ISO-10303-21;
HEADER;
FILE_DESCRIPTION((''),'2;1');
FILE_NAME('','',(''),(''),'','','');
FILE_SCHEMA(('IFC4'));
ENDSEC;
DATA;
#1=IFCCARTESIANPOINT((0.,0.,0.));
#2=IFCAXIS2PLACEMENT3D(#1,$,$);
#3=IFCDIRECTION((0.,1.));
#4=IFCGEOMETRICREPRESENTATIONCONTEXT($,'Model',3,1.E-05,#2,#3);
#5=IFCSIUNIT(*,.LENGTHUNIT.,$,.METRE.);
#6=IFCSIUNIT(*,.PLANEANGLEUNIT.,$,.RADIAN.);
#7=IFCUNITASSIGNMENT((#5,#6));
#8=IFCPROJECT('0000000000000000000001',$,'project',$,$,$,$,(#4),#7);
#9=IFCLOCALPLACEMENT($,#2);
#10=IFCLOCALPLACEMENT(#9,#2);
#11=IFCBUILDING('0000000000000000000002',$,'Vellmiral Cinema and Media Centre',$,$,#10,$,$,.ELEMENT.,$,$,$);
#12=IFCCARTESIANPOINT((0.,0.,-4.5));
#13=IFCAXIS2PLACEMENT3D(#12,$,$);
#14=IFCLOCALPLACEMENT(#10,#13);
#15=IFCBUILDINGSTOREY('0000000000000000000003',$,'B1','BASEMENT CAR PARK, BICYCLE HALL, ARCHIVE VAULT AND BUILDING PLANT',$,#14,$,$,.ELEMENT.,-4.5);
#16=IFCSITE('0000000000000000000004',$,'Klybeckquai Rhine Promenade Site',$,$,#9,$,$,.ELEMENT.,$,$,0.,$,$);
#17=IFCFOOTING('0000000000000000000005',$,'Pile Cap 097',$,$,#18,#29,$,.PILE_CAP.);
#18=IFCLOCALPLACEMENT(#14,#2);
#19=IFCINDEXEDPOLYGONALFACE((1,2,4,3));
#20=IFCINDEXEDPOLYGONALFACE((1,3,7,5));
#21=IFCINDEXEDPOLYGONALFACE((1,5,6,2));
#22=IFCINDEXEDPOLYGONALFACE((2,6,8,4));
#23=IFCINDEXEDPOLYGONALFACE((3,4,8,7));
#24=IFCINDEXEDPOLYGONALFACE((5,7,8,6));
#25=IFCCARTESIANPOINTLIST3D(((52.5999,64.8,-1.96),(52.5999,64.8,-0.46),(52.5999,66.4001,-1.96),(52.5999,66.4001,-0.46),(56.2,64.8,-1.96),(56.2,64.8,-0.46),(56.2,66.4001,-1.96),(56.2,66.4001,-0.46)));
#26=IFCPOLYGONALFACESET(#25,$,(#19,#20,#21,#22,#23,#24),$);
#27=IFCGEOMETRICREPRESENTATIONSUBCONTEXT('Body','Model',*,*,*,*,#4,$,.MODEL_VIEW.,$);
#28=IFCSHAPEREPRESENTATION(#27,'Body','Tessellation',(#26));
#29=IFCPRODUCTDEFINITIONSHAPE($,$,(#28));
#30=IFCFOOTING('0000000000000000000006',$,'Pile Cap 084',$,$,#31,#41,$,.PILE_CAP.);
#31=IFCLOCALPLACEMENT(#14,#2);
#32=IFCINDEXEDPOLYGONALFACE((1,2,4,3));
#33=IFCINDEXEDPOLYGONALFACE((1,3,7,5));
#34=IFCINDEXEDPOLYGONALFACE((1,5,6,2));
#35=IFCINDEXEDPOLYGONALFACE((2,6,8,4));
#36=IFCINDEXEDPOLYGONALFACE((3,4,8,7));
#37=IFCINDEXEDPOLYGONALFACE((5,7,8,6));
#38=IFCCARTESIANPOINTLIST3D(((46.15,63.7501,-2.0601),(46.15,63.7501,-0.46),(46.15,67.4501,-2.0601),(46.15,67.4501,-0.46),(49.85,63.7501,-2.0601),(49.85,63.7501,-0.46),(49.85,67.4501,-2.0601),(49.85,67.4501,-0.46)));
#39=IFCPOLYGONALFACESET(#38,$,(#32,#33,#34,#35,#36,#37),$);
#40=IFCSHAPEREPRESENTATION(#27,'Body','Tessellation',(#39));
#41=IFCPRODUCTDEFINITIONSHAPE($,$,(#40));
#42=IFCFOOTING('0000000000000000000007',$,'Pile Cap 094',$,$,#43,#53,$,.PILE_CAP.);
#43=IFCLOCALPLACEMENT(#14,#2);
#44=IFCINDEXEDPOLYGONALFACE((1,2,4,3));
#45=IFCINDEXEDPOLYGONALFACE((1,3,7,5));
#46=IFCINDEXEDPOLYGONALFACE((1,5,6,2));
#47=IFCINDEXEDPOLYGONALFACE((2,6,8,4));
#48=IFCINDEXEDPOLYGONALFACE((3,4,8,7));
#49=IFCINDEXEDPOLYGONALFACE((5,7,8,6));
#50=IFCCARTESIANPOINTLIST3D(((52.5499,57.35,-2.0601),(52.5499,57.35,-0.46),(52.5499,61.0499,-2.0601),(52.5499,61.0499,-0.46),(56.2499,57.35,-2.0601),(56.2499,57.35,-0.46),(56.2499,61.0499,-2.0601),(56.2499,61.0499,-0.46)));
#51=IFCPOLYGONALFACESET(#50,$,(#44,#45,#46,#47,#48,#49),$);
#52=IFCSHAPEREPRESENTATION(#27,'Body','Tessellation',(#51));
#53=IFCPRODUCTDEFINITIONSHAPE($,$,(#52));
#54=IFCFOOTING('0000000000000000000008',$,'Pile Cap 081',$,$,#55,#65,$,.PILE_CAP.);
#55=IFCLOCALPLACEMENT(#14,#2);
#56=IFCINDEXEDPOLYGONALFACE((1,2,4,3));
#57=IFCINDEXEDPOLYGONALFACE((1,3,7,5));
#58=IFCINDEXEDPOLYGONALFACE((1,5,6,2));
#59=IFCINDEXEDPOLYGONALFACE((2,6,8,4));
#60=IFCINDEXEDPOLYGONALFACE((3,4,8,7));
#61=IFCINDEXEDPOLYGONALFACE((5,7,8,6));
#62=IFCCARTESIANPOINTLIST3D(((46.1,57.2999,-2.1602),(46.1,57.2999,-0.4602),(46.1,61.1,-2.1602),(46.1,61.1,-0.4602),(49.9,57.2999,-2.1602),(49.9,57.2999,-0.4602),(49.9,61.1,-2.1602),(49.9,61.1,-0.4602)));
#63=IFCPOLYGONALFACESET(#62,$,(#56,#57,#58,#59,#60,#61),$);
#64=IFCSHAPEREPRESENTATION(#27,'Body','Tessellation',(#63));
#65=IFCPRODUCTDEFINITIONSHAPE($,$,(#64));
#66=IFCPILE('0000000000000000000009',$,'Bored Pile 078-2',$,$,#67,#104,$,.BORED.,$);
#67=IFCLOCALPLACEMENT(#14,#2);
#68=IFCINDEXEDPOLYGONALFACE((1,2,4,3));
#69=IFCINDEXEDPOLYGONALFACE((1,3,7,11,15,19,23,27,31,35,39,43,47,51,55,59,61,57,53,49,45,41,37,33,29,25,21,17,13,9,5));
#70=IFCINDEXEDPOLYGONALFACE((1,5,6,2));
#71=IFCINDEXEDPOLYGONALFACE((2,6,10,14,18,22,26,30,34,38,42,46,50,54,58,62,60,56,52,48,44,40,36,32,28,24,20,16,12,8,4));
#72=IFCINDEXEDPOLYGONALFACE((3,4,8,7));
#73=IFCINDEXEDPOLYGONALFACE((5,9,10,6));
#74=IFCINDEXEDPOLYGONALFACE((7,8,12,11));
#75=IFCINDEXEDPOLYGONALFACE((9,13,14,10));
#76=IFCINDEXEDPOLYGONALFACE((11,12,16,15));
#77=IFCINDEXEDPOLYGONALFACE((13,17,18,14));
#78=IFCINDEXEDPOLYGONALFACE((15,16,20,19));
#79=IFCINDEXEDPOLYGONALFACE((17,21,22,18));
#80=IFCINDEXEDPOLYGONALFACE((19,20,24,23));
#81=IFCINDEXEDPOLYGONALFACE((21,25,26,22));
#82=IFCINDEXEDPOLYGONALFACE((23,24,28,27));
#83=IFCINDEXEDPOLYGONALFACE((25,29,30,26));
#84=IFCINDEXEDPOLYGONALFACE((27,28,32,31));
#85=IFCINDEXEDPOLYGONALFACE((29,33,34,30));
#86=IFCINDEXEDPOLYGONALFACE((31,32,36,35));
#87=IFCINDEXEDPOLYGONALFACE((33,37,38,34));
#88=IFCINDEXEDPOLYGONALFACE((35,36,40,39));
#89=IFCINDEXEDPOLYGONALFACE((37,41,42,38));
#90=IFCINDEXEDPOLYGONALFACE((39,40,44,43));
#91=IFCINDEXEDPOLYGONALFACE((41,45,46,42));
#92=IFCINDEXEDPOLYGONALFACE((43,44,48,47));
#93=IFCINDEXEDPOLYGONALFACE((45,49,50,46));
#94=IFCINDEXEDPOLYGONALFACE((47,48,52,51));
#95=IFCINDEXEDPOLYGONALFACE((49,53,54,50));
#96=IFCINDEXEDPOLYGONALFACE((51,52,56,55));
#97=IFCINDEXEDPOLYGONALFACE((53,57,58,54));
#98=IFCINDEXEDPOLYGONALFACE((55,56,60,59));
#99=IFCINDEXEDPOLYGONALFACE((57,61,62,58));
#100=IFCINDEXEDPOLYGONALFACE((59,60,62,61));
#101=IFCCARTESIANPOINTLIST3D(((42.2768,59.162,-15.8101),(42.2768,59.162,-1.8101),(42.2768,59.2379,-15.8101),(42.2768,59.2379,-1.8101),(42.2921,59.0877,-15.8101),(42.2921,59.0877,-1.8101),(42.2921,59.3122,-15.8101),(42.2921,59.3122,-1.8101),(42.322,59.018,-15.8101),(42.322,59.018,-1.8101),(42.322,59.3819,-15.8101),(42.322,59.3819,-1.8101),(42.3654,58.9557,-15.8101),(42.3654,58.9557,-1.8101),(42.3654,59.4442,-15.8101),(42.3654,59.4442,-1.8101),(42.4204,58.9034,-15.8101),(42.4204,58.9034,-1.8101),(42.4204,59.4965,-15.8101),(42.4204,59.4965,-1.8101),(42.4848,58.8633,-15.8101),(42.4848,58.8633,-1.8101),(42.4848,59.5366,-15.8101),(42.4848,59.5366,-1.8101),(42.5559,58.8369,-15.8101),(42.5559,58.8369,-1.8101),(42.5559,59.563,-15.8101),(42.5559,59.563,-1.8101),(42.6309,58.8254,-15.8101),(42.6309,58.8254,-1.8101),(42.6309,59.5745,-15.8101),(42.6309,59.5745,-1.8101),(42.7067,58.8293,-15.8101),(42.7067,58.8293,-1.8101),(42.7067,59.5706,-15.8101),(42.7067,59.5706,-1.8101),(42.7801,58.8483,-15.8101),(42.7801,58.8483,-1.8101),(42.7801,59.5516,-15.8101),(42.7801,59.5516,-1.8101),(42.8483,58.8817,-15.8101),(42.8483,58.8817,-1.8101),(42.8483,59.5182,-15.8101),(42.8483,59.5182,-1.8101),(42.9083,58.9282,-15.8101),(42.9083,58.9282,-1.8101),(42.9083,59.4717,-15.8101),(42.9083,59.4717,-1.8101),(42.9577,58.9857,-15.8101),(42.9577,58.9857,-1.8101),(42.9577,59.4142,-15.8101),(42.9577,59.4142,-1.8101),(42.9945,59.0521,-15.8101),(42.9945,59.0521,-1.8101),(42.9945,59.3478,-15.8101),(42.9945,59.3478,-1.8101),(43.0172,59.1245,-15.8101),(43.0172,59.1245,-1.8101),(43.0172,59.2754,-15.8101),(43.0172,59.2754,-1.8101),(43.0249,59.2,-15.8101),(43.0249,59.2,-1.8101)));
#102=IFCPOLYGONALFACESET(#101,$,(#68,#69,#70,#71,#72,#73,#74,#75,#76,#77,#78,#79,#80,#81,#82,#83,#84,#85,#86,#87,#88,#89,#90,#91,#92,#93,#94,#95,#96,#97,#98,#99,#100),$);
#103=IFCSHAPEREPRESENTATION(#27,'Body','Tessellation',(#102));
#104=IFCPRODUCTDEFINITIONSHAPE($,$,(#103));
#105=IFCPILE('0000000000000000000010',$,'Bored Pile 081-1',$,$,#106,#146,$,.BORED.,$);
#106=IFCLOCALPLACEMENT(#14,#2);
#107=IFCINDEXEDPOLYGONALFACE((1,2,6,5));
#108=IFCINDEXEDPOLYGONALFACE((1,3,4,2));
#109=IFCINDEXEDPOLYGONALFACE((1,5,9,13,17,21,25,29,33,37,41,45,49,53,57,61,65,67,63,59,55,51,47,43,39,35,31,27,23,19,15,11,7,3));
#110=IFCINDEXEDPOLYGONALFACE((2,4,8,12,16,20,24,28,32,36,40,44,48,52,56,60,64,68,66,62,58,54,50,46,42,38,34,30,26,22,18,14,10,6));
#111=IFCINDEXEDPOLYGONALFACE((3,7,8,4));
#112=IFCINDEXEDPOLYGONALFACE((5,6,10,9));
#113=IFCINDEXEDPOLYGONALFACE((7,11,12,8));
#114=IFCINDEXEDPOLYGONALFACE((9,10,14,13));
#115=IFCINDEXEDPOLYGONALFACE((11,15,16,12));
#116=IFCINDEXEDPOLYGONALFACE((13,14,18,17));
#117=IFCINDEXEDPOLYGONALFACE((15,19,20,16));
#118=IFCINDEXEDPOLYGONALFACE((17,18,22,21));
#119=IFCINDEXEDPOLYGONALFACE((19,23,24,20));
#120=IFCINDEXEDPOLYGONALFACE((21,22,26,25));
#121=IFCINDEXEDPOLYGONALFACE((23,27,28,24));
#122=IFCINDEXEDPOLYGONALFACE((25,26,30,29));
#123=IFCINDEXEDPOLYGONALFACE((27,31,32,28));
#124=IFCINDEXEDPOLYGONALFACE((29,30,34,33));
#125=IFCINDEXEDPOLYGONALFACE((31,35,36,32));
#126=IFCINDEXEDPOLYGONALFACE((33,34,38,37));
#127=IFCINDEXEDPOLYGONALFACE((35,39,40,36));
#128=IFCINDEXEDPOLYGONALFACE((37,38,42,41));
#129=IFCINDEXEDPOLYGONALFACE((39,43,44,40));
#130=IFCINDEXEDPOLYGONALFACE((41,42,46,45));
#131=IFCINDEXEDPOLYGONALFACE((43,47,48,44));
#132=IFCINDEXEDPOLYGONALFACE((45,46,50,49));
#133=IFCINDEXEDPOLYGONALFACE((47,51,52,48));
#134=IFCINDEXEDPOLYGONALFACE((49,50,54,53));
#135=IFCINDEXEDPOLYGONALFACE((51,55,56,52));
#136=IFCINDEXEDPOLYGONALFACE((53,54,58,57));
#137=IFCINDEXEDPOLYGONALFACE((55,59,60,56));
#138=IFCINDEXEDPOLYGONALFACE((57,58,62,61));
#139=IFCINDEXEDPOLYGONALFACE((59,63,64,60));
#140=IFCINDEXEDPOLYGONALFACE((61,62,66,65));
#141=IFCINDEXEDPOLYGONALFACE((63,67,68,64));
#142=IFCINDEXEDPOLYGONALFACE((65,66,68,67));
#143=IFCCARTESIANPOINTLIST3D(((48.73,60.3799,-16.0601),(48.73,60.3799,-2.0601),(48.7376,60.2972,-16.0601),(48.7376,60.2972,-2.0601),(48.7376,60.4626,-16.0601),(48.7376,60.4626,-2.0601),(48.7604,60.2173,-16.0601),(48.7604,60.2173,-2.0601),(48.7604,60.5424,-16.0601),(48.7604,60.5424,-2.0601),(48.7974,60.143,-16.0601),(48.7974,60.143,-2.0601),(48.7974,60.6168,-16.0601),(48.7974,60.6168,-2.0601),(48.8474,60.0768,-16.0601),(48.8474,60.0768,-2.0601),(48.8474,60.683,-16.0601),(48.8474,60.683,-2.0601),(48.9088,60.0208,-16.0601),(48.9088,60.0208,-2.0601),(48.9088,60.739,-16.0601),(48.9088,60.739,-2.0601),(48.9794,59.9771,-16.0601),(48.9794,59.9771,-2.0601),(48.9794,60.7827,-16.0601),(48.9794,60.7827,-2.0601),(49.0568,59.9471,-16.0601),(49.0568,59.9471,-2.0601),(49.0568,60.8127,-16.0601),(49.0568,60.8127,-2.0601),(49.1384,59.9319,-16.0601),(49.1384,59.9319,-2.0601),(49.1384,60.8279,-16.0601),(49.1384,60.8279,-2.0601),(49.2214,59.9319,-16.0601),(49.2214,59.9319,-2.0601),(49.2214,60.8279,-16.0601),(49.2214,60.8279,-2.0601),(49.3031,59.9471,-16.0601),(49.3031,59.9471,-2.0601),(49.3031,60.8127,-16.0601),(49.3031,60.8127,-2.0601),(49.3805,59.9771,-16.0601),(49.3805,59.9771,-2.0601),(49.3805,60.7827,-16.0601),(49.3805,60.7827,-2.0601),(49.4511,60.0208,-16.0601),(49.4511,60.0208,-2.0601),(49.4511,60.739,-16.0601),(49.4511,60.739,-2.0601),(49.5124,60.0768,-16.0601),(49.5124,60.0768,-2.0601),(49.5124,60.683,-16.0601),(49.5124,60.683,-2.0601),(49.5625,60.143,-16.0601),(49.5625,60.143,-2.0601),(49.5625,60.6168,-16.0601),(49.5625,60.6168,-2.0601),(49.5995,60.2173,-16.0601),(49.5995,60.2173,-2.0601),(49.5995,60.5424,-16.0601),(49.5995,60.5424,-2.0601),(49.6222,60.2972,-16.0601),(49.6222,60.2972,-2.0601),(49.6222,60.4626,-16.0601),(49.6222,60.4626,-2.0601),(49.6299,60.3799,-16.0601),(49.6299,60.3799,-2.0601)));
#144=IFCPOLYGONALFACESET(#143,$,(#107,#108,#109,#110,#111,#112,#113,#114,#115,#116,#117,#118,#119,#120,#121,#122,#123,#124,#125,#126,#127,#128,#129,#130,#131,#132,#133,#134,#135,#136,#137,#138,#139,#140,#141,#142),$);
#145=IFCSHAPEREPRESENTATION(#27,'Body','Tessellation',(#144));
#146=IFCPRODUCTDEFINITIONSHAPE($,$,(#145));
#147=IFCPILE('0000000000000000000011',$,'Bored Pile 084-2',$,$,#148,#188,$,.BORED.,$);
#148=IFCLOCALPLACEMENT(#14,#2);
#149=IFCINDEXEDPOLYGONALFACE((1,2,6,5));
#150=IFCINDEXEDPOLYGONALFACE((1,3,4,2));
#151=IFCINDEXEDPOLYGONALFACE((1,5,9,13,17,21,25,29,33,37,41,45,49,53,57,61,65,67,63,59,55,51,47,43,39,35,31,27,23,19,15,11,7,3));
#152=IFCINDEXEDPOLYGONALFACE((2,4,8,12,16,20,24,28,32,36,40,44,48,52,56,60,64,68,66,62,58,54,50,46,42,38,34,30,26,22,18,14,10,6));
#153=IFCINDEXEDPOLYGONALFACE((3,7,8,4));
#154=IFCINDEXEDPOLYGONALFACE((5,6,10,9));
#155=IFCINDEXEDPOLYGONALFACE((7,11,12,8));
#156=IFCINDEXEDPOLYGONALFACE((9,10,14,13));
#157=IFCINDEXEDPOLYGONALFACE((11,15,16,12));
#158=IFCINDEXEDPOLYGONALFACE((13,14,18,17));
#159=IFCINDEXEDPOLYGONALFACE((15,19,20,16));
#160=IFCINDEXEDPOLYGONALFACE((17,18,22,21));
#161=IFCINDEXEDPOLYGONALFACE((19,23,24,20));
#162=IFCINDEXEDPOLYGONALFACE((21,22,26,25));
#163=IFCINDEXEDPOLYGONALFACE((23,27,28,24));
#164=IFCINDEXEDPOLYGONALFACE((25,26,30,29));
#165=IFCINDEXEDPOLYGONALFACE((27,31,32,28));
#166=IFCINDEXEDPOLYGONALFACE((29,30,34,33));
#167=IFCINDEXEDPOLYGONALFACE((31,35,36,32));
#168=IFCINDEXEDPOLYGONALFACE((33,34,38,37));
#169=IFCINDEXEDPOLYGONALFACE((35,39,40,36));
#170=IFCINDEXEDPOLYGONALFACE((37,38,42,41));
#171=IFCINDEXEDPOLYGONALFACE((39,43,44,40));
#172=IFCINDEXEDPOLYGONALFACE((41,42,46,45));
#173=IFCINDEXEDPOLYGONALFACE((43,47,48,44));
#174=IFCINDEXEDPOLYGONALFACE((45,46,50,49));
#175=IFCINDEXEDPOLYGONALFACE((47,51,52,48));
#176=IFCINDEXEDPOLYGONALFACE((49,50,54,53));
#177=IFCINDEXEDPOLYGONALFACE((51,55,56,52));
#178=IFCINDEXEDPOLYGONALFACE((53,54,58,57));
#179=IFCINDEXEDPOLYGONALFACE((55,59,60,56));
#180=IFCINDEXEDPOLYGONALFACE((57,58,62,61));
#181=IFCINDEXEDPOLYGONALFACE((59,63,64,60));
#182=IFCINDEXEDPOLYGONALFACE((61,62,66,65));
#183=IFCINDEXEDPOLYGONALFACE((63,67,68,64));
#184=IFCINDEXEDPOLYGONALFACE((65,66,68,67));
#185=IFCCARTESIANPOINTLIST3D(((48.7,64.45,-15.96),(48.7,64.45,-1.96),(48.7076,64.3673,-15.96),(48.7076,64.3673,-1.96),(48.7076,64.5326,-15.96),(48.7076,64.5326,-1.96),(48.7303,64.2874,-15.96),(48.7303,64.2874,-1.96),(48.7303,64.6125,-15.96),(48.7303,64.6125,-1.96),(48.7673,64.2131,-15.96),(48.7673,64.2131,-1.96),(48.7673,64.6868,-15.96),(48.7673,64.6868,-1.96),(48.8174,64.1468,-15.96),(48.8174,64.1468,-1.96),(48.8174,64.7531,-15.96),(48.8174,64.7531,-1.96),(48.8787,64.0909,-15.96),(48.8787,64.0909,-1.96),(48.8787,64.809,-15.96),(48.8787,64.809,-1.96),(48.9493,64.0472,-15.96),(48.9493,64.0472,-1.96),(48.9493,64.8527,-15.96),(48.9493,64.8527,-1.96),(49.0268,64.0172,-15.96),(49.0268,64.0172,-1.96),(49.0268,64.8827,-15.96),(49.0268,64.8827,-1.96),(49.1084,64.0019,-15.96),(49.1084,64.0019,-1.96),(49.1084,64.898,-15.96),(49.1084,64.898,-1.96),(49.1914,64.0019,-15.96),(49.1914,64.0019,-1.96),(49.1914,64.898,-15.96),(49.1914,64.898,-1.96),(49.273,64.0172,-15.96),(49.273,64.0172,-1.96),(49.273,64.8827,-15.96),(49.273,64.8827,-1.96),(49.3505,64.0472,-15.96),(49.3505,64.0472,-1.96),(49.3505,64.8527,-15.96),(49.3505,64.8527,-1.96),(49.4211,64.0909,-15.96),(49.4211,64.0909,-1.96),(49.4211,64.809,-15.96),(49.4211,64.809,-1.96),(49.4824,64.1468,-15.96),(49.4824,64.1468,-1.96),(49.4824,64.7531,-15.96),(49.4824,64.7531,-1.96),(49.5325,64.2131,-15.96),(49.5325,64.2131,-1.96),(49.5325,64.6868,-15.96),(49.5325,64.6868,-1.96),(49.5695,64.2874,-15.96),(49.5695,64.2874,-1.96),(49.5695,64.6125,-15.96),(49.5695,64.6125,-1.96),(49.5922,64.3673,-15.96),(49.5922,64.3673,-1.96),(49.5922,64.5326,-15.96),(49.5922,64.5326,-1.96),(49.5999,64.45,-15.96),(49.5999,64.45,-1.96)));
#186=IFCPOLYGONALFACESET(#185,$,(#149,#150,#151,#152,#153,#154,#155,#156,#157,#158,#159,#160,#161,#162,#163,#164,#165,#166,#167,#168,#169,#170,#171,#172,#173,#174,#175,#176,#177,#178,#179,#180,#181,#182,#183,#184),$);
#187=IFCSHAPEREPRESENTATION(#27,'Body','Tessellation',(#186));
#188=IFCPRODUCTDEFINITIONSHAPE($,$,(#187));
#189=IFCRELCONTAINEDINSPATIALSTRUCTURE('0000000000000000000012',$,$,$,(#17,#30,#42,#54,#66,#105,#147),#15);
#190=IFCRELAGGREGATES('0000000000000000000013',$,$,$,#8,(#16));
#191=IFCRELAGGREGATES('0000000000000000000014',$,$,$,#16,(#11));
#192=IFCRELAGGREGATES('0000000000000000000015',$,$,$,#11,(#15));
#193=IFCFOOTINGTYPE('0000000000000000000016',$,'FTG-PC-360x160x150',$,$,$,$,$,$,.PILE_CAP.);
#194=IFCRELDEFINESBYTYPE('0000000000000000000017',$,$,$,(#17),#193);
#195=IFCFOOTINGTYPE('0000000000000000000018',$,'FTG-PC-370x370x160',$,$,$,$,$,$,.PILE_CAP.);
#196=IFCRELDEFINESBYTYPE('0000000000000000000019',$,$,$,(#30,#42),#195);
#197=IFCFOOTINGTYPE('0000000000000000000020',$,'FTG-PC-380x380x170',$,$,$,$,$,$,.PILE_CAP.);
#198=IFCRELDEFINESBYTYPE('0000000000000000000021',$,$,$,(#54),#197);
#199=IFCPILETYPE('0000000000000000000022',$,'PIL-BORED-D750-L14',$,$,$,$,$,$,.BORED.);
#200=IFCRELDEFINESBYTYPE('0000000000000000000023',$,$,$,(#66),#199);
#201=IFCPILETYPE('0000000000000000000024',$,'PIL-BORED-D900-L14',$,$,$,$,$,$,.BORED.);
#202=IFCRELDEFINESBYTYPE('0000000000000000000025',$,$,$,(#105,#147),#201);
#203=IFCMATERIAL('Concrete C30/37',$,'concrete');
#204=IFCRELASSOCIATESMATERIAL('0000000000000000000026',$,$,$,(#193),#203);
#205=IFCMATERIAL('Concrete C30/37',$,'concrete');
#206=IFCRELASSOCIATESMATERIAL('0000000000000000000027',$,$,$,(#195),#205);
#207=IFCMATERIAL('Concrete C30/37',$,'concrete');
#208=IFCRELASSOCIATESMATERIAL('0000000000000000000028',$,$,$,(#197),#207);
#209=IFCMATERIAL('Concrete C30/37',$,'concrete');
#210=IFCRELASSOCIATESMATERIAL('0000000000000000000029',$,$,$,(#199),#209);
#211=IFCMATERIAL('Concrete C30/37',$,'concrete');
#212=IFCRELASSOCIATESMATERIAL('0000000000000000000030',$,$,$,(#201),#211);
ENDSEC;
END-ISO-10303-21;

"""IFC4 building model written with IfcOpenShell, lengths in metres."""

from ifc_helpers import new_model, si_unit, direction, frame, origin, origin_2d, place, context, subcontext, project, spatial, rectangle, circle, extrude, material, material_profile, profile_set, type_object, element, save


model = new_model("IFC4")

# Units and contexts
model_context = context("Model", 3, precision=1e-05, world=origin(), true_north=direction((0.0, 1.0)))
body_context = subcontext(model_context, "Body", "Model", "MODEL_VIEW")
ifc_project = project(units=[si_unit("LENGTHUNIT", "METRE"), si_unit("PLANEANGLEUNIT", "RADIAN")], contexts=[model_context])

# Site, building, storey
site_placement = place(None, origin())
site = spatial("IfcSite", under=ifc_project, at=site_placement, Name="Klybeckquai Rhine Promenade Site", CompositionType="ELEMENT", RefElevation=0.0)
building_placement = place(site_placement, origin())
building = spatial("IfcBuilding", under=site, at=building_placement, Name="Vellmiral Cinema and Media Centre", CompositionType="ELEMENT")
storey_placement = place(building_placement, frame((0.0, 0.0, -4.5)))
storey = spatial("IfcBuildingStorey", under=building, at=storey_placement, Name="B1", Description="BASEMENT CAR PARK, BICYCLE HALL, ARCHIVE VAULT AND BUILDING PLANT", CompositionType="ELEMENT", Elevation=-4.5)

# Footings
ifc_material_1 = material(Name="Concrete C30/37", Category="concrete")
footing_type_1 = type_object("IfcFootingType", Name="FTG-PC-360x160x150", PredefinedType="PILE_CAP", material=ifc_material_1)
footing_1_placement = place(storey_placement, frame((54.3999, 65.6001, -1.96), z_axis=(0.0, 0.0, 1.0), x_axis=(1.0, 0.0, 0.0)))
element("IfcFooting", 1, at=footing_1_placement, inside=storey, type_object=footing_type_1, Name="Pile Cap 097", PredefinedType="PILE_CAP", context=body_context, shape_type="SweptSolid", body=[
    extrude(rectangle(XDim=3.6001, YDim=1.6001, at=origin_2d()), origin(), (0.0, 0.0, 1.0), 1.5),
])
ifc_material_2 = material(Name="Concrete C30/37", Category="concrete")
footing_type_2 = type_object("IfcFootingType", Name="FTG-PC-370x370x160", PredefinedType="PILE_CAP", material=ifc_material_2)
for number, where, z_axis, x_axis, name in (
    (2, (48.0, 65.6001, -2.0601), (0.0, 0.0, 1.0), (1.0, 0.0, 0.0), "Pile Cap 084"),
    (3, (54.3999, 59.2, -2.0601), (0.0, 0.0, 1.0), (1.0, 0.0, 0.0), "Pile Cap 094"),
):
    element("IfcFooting", number, at=place(storey_placement, frame(where, z_axis=z_axis, x_axis=x_axis)), inside=storey, type_object=footing_type_2, Name=name, PredefinedType="PILE_CAP", context=body_context, shape_type="SweptSolid", body=[
        extrude(rectangle(XDim=3.7, YDim=3.7, at=origin_2d()), origin(), (0.0, 0.0, 1.0), 1.6001),
    ])
ifc_material_3 = material(Name="Concrete C30/37", Category="concrete")
footing_type_3 = type_object("IfcFootingType", Name="FTG-PC-380x380x170", PredefinedType="PILE_CAP", material=ifc_material_3)
footing_2_placement = place(storey_placement, frame((48.0, 59.2, -2.1602), z_axis=(0.0, 0.0, 1.0), x_axis=(1.0, 0.0, 0.0)))
element("IfcFooting", 4, at=footing_2_placement, inside=storey, type_object=footing_type_3, Name="Pile Cap 081", PredefinedType="PILE_CAP", context=body_context, shape_type="SweptSolid", body=[
    extrude(rectangle(XDim=3.8, YDim=3.8, at=origin_2d()), origin(), (0.0, 0.0, 1.0), 1.7),
])

# Piles
ifc_material_4 = material(Name="Concrete C30/37", Category="concrete")
ifc_material_profile_1 = material_profile(ifc_material_4, circle(Radius=0.375, at=origin_2d()), Name="PILE D750")
ifc_profile_set_1 = profile_set([ifc_material_profile_1], Name="Concrete C30/37")
pile_type_1 = type_object("IfcPileType", Name="PIL-BORED-D750-L14", PredefinedType="BORED", material=ifc_profile_set_1)
pile_placement = place(storey_placement, frame((42.6499, 59.2, -1.8101), z_axis=(0.0, 0.0, -1.0), x_axis=(1.0, 0.0, 0.0)))
element("IfcPile", 5, at=pile_placement, inside=storey, type_object=pile_type_1, Name="Bored Pile 078-2", PredefinedType="BORED", context=body_context, shape_type="SweptSolid", body=[
    extrude(circle(Radius=0.375, at=origin_2d()), origin(), (0.0, 0.0, 1.0), 14.0),
])
ifc_material_5 = material(Name="Concrete C30/37", Category="concrete")
ifc_material_profile_2 = material_profile(ifc_material_5, circle(Radius=0.45, at=origin_2d()), Name="PILE D900")
ifc_profile_set_2 = profile_set([ifc_material_profile_2], Name="Concrete C30/37")
pile_type_2 = type_object("IfcPileType", Name="PIL-BORED-D900-L14", PredefinedType="BORED", material=ifc_profile_set_2)
for number, where, z_axis, x_axis, name in (
    (6, (49.1799, 60.3799, -2.0601), (0.0, 0.0, -1.0), (1.0, 0.0, 0.0), "Bored Pile 081-1"),
    (7, (49.1499, 64.45, -1.96), (0.0, 0.0, -1.0), (1.0, 0.0, 0.0), "Bored Pile 084-2"),
):
    element("IfcPile", number, at=place(storey_placement, frame(where, z_axis=z_axis, x_axis=x_axis)), inside=storey, type_object=pile_type_2, Name=name, PredefinedType="BORED", context=body_context, shape_type="SweptSolid", body=[
        extrude(circle(Radius=0.45, at=origin_2d()), origin(), (0.0, 0.0, 1.0), 14.0),
    ])

save(model, "model.ifc")
